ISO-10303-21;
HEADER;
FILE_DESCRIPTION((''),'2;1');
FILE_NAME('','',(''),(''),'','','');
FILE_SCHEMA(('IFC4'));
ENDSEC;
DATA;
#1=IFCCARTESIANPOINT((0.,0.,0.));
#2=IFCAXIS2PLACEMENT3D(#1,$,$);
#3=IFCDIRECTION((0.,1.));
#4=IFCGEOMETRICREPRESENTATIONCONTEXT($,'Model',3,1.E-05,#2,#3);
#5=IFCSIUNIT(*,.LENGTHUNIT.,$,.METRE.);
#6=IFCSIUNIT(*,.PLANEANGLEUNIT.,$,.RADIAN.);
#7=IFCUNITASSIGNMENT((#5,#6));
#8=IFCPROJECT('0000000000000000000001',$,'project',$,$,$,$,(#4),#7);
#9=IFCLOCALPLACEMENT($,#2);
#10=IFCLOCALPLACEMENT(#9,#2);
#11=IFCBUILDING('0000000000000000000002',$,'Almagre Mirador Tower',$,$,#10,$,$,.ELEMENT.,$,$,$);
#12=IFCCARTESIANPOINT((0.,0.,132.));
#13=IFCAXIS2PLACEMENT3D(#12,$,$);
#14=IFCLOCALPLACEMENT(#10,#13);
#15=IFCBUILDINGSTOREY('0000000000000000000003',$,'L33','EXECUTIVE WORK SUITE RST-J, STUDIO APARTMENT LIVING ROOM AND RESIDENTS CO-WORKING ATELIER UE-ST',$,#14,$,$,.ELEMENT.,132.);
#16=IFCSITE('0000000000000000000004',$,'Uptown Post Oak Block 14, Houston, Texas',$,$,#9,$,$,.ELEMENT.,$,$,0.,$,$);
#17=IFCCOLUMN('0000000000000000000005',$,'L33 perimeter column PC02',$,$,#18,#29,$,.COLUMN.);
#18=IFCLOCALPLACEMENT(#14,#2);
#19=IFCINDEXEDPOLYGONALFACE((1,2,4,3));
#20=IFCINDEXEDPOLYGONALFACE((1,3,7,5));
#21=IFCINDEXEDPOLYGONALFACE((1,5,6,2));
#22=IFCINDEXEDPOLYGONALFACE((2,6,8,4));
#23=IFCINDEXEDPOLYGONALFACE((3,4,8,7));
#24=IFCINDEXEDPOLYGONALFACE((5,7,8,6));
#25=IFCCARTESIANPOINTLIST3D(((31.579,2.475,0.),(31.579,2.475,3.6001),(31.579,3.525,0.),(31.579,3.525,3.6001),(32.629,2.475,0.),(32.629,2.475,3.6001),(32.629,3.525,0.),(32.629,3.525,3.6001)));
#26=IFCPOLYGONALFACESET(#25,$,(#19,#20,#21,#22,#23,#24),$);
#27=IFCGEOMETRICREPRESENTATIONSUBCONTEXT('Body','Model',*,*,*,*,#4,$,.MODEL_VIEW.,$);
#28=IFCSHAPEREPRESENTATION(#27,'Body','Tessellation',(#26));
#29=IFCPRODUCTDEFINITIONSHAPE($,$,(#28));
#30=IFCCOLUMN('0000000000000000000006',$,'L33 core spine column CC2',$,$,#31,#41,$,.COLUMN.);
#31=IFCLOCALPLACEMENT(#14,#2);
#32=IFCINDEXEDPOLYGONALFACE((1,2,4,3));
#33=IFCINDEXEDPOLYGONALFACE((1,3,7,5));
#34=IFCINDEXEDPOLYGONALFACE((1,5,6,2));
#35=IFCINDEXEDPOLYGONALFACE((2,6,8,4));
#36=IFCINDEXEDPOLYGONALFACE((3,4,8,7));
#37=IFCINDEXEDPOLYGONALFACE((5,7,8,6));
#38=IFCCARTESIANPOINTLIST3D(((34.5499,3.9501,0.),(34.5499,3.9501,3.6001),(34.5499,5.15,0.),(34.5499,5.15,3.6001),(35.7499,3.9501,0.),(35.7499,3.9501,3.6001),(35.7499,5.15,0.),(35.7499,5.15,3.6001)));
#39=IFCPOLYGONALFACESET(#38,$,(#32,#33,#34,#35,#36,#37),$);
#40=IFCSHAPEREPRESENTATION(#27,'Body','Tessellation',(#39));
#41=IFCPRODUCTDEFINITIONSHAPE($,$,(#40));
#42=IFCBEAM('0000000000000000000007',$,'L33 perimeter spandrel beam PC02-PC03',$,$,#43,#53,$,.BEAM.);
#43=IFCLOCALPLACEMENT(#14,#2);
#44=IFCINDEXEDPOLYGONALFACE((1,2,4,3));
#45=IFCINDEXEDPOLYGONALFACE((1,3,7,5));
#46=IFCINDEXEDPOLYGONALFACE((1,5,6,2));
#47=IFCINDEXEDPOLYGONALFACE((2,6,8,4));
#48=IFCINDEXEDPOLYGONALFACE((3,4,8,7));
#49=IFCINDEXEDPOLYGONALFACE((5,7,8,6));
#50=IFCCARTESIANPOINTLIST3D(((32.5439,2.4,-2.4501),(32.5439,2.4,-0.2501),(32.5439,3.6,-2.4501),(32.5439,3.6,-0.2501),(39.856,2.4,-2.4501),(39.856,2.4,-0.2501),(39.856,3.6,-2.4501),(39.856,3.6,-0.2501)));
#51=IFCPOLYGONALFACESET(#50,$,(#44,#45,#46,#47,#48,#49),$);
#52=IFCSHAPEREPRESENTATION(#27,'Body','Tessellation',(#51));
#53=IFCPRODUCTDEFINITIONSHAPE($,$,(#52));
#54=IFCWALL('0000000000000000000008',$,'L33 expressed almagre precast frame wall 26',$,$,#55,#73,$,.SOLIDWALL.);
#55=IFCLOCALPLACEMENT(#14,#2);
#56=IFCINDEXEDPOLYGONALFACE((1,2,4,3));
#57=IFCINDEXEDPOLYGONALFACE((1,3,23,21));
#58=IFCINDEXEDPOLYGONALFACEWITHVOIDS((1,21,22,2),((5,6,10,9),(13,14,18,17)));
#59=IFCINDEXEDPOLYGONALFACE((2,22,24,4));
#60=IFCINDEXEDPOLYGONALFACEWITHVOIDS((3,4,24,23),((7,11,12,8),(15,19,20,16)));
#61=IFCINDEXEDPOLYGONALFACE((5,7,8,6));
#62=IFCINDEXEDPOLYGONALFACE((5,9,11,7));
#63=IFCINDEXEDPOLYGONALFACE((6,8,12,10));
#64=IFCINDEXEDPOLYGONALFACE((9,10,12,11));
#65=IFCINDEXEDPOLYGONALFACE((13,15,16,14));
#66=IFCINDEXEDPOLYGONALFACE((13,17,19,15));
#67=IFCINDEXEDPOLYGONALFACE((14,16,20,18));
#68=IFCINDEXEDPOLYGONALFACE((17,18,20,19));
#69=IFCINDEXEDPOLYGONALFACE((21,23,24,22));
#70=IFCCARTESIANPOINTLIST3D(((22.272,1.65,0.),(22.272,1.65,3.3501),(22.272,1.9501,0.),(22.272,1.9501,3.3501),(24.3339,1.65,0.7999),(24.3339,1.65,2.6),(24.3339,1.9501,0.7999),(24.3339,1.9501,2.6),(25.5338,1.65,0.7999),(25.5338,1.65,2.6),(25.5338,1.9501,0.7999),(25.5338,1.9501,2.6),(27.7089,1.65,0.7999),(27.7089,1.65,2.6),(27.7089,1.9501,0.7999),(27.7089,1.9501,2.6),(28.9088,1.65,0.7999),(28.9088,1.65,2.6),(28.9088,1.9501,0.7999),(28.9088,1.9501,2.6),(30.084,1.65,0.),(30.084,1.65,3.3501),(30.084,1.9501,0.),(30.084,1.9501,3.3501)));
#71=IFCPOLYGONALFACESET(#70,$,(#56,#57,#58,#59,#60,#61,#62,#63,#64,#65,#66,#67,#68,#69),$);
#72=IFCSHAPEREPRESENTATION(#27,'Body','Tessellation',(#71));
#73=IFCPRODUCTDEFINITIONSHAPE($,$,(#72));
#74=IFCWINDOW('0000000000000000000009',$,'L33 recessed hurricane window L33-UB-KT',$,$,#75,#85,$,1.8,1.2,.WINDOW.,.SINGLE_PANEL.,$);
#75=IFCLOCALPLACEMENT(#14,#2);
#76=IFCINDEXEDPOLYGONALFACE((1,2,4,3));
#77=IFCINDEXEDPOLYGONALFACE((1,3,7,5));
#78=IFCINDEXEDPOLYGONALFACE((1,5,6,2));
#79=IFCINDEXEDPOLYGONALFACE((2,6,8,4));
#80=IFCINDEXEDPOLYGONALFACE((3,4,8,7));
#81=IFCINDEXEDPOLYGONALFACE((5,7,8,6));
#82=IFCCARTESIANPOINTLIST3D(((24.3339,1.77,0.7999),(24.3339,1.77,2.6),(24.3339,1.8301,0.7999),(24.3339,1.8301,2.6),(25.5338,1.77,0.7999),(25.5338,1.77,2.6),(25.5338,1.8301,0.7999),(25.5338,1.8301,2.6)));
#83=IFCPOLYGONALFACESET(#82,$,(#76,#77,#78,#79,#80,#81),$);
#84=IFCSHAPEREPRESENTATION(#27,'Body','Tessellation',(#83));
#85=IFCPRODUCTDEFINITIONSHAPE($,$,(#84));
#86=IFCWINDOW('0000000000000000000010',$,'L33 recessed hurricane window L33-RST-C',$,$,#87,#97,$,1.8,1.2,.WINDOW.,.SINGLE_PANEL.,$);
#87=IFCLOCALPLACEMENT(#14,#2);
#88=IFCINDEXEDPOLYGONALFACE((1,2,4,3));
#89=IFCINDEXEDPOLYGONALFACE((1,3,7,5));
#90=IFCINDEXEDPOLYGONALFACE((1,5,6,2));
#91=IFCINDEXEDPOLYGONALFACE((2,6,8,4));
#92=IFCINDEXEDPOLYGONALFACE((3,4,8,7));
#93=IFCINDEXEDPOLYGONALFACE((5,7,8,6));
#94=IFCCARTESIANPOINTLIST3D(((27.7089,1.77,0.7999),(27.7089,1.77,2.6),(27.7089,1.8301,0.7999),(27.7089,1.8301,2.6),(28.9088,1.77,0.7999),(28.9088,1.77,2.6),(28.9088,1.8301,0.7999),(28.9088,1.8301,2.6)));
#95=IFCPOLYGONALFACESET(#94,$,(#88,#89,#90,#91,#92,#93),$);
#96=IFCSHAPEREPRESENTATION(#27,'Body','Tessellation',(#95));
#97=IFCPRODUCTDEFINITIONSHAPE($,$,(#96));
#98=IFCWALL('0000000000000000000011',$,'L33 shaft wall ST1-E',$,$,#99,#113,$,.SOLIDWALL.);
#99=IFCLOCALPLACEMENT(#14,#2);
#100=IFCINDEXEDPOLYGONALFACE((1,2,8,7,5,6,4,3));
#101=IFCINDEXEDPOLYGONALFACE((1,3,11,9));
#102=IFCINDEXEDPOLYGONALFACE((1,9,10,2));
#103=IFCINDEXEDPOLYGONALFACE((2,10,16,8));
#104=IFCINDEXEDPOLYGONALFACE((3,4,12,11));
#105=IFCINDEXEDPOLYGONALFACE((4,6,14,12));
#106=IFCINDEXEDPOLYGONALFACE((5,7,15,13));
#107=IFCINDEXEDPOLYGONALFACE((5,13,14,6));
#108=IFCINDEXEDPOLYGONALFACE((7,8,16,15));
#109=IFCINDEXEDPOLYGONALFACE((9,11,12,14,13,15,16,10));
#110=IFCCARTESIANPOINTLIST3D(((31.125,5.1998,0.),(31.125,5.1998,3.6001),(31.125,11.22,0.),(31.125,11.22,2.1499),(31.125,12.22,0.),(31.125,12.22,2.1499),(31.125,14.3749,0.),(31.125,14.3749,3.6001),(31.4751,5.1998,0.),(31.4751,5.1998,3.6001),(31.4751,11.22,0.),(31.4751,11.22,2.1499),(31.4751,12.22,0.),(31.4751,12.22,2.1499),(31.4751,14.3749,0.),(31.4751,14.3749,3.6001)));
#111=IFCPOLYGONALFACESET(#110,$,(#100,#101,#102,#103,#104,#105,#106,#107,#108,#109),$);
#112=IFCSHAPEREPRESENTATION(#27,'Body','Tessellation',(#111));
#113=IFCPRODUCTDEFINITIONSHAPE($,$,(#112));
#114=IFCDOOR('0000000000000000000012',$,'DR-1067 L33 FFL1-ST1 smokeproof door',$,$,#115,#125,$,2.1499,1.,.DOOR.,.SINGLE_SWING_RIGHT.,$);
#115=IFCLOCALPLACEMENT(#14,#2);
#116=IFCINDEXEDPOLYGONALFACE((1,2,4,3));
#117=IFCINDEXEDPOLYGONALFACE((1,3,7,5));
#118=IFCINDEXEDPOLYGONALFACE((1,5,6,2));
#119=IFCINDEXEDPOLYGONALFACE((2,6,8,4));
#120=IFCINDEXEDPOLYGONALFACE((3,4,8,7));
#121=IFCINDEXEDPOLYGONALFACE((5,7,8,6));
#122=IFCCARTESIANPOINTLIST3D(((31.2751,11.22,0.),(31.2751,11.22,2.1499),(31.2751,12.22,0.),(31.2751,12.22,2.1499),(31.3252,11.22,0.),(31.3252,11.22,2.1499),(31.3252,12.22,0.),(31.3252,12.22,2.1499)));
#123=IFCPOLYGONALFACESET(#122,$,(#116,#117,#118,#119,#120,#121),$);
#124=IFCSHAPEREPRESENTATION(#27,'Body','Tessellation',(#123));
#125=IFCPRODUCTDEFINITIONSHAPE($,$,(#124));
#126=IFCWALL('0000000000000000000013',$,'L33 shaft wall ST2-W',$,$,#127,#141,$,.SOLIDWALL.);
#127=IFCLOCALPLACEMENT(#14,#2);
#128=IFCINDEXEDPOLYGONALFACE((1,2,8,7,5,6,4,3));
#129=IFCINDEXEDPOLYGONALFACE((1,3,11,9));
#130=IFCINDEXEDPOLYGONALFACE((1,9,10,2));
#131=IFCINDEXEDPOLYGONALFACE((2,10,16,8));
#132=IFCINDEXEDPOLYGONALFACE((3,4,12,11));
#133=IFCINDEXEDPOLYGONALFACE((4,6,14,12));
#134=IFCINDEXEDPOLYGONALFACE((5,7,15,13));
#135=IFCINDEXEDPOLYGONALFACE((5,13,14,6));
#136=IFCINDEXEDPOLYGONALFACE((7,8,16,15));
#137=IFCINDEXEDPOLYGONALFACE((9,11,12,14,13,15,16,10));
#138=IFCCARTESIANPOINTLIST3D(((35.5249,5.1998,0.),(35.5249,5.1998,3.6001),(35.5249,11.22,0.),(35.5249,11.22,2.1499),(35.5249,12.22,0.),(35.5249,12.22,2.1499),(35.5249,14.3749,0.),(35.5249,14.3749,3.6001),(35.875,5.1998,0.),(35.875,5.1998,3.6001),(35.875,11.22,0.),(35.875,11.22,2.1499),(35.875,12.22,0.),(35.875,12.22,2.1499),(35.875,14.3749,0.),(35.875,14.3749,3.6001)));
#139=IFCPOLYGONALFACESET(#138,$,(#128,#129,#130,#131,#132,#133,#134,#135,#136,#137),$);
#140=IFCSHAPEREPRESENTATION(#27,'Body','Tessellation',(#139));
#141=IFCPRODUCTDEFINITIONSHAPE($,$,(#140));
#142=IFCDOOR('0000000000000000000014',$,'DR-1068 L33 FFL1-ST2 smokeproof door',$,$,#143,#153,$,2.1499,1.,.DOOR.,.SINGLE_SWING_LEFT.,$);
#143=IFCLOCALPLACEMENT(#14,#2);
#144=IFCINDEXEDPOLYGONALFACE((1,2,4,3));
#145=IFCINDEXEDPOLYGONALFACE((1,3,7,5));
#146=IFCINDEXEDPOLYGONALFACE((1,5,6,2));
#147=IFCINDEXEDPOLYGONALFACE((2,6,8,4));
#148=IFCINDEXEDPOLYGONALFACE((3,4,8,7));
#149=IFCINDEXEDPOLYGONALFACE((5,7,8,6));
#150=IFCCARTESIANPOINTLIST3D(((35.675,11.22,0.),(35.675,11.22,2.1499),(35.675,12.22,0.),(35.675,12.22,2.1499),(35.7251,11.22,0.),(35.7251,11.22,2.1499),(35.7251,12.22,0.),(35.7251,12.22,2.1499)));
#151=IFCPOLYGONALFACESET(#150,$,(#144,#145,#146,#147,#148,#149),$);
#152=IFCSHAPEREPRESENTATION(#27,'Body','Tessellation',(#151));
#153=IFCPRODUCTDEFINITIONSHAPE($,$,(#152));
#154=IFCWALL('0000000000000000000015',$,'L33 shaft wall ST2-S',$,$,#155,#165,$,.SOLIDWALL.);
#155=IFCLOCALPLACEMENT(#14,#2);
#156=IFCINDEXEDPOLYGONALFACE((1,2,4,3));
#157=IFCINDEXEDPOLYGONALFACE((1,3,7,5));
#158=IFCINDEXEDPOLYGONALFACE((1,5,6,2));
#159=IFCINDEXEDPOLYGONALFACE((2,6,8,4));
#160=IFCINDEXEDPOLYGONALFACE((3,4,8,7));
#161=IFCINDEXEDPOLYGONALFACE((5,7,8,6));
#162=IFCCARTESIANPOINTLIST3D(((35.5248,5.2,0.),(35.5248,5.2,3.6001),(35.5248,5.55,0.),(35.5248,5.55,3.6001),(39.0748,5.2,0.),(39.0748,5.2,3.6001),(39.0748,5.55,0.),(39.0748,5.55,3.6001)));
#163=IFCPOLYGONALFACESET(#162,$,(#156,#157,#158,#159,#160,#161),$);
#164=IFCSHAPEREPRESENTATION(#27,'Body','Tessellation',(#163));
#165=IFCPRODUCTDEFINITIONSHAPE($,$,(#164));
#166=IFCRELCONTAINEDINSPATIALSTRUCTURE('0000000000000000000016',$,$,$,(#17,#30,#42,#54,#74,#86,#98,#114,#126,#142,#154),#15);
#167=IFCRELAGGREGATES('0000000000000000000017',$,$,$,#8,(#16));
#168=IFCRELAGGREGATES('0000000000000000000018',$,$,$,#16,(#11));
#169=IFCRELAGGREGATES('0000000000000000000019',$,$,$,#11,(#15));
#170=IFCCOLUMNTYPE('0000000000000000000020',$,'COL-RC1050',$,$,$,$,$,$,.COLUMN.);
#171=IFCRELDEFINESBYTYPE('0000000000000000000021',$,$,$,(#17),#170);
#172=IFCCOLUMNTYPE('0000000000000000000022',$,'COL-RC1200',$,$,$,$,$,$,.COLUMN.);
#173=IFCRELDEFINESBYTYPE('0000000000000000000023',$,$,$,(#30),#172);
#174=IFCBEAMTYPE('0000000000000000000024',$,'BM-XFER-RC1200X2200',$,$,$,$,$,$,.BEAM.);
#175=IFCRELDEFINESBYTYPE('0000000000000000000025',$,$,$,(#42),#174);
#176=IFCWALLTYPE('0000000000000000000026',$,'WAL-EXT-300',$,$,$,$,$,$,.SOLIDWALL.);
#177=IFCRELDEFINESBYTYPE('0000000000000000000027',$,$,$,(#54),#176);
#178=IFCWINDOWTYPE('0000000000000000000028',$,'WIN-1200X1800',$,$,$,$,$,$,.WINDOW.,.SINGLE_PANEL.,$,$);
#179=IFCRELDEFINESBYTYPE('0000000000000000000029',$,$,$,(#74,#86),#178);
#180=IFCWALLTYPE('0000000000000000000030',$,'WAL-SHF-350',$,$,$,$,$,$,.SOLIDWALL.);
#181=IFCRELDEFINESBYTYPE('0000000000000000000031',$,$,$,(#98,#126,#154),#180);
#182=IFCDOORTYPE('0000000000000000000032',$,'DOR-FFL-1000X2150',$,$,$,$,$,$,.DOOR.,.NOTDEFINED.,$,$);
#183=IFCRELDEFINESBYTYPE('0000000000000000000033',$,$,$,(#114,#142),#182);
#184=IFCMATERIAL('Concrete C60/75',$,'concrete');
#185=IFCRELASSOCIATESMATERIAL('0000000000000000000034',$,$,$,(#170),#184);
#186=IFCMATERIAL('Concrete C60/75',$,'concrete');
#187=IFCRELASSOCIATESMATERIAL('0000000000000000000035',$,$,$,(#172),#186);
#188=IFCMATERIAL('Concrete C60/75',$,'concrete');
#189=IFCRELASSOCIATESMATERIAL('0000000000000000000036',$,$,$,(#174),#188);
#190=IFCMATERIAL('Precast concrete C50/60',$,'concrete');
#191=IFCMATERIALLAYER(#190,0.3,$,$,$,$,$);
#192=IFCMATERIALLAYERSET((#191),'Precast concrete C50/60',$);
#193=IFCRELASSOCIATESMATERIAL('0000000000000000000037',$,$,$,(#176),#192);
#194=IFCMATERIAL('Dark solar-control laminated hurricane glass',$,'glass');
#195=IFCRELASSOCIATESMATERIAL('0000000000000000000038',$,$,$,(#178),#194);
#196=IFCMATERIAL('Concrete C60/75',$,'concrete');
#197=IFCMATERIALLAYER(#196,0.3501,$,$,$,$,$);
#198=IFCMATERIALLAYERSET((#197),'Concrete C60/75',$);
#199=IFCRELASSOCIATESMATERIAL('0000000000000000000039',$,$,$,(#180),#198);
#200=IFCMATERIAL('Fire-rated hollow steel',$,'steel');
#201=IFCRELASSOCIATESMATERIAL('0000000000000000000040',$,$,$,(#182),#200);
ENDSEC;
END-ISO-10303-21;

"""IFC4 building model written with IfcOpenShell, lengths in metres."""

from ifc_helpers import new_model, si_unit, direction, frame, frame_2d, origin, origin_2d, place, context, subcontext, project, spatial, rectangle, extrude, material, layer, layer_set, material_profile, profile_set, type_object, element, fill, save


model = new_model("IFC4")

# Units and contexts
model_context = context("Model", 3, precision=1e-05, world=origin(), true_north=direction((0.0, 1.0)))
body_context = subcontext(model_context, "Body", "Model", "MODEL_VIEW")
ifc_project = project(units=[si_unit("LENGTHUNIT", "METRE"), si_unit("PLANEANGLEUNIT", "RADIAN")], contexts=[model_context])

# Site, building, storey
site_placement = place(None, origin())
site = spatial("IfcSite", under=ifc_project, at=site_placement, Name="Uptown Post Oak Block 14, Houston, Texas", CompositionType="ELEMENT", RefElevation=0.0)
building_placement = place(site_placement, origin())
building = spatial("IfcBuilding", under=site, at=building_placement, Name="Almagre Mirador Tower", CompositionType="ELEMENT")
storey_placement = place(building_placement, frame((0.0, 0.0, 132.0)))
storey = spatial("IfcBuildingStorey", under=building, at=storey_placement, Name="L33", Description="EXECUTIVE WORK SUITE RST-J, STUDIO APARTMENT LIVING ROOM AND RESIDENTS CO-WORKING ATELIER UE-ST", CompositionType="ELEMENT", Elevation=132.0)

# Columns
ifc_material_1 = material(Name="Concrete C60/75", Category="concrete")
ifc_material_profile_1 = material_profile(ifc_material_1, rectangle(XDim=1.05, YDim=1.05, at=origin_2d()), Name="RC1050X1050")
ifc_profile_set_1 = profile_set([ifc_material_profile_1], Name="Concrete C60/75")
column_type_1 = type_object("IfcColumnType", Name="COL-RC1050", PredefinedType="COLUMN", material=ifc_profile_set_1)
column_1_placement = place(storey_placement, frame((32.104, 3.0, 0.0), z_axis=(0.0, 0.0, 1.0), x_axis=(1.0, 0.0, 0.0)))
element("IfcColumn", 1, at=column_1_placement, inside=storey, type_object=column_type_1, Name="L33 perimeter column PC02", PredefinedType="COLUMN", context=body_context, shape_type="SweptSolid", body=[
    extrude(rectangle(XDim=1.05, YDim=1.05, at=origin_2d()), origin(), (0.0, 0.0, 1.0), 3.6001),
])
ifc_material_2 = material(Name="Concrete C60/75", Category="concrete")
ifc_material_profile_2 = material_profile(ifc_material_2, rectangle(XDim=1.2, YDim=1.2, at=origin_2d()), Name="RC1200X1200")
ifc_profile_set_2 = profile_set([ifc_material_profile_2], Name="Concrete C60/75")
column_type_2 = type_object("IfcColumnType", Name="COL-RC1200", PredefinedType="COLUMN", material=ifc_profile_set_2)
column_2_placement = place(storey_placement, frame((35.1499, 4.55, 0.0), z_axis=(0.0, 0.0, 1.0), x_axis=(1.0, 0.0, 0.0)))
element("IfcColumn", 2, at=column_2_placement, inside=storey, type_object=column_type_2, Name="L33 core spine column CC2", PredefinedType="COLUMN", context=body_context, shape_type="SweptSolid", body=[
    extrude(rectangle(XDim=1.2, YDim=1.2, at=origin_2d()), origin(), (0.0, 0.0, 1.0), 3.6001),
])

# Beam
ifc_material_3 = material(Name="Concrete C60/75", Category="concrete")
ifc_material_profile_3 = material_profile(ifc_material_3, rectangle(XDim=1.2, YDim=2.2, at=origin_2d()), Name="RC1200X2200")
ifc_profile_set_3 = profile_set([ifc_material_profile_3], Name="Concrete C60/75")
beam_type = type_object("IfcBeamType", Name="BM-XFER-RC1200X2200", PredefinedType="BEAM", material=ifc_profile_set_3)
beam_placement = place(storey_placement, frame((32.5439, 3.0, -1.3501), z_axis=(1.0, 0.0, 0.0), x_axis=(0.0, 1.0, 0.0)))
element("IfcBeam", 3, at=beam_placement, inside=storey, type_object=beam_type, Name="L33 perimeter spandrel beam PC02-PC03", PredefinedType="BEAM", context=body_context, shape_type="SweptSolid", body=[
    extrude(rectangle(XDim=1.2, YDim=2.2, at=origin_2d()), origin(), (0.0, 0.0, 1.0), 7.312),
])

# Wall, openings, windows
ifc_material_4 = material(Name="Precast concrete C50/60", Category="concrete")
ifc_layer_1 = layer(ifc_material_4, 0.3)
ifc_layer_set_1 = layer_set([ifc_layer_1], Name="Precast concrete C50/60")
wall_type_1 = type_object("IfcWallType", Name="WAL-EXT-300", PredefinedType="SOLIDWALL", material=ifc_layer_set_1)
wall_1_placement = place(storey_placement, frame((30.084, 1.8, 0.0), z_axis=(0.0, 0.0, 1.0), x_axis=(-1.0, 0.0, 0.0)))
wall_1 = element("IfcWall", 4, at=wall_1_placement, inside=storey, type_object=wall_type_1, Name="L33 expressed almagre precast frame wall 26", PredefinedType="SOLIDWALL", context=body_context, shape_type="SweptSolid", body=[
    extrude(rectangle(XDim=7.812, YDim=0.3, at=frame_2d((3.906, 0.0))), origin(), (0.0, 0.0, 1.0), 3.3501),
])
opening_1_placement = place(wall_1_placement, frame((4.55, 0.0, 0.8)))
opening_1 = element("IfcOpeningElement", 5, at=opening_1_placement, cuts=wall_1, PredefinedType="OPENING", context=body_context, shape_type="SweptSolid", body=[
    extrude(rectangle(XDim=1.2, YDim=1.8, at=frame_2d((0.6001, 0.8999))), frame((0.0, 0.1599, 0.0), z_axis=(0.0, -1.0, 0.0), x_axis=(1.0, 0.0, 0.0)), (0.0, 0.0, 1.0), 0.32),
])
opening_2_placement = place(wall_1_placement, frame((1.175, 0.0, 0.8)))
opening_2 = element("IfcOpeningElement", 6, at=opening_2_placement, cuts=wall_1, PredefinedType="OPENING", context=body_context, shape_type="SweptSolid", body=[
    extrude(rectangle(XDim=1.2, YDim=1.8, at=frame_2d((0.6001, 0.8999))), frame((0.0, 0.1599, 0.0), z_axis=(0.0, -1.0, 0.0), x_axis=(1.0, 0.0, 0.0)), (0.0, 0.0, 1.0), 0.32),
])
ifc_material_5 = material(Name="Dark solar-control laminated hurricane glass", Category="glass")
window_type = type_object("IfcWindowType", Name="WIN-1200X1800", PartitioningType="SINGLE_PANEL", PredefinedType="WINDOW", material=ifc_material_5)
window_1_placement = place(opening_1_placement, origin())
window_1 = element("IfcWindow", 7, at=window_1_placement, inside=storey, type_object=window_type, Name="L33 recessed hurricane window L33-UB-KT", OverallHeight=1.8, OverallWidth=1.2, PartitioningType="SINGLE_PANEL", PredefinedType="WINDOW", context=body_context, shape_type="SweptSolid", body=[
    extrude(rectangle(XDim=1.2, YDim=1.8, at=frame_2d((0.6001, 0.8999))), frame((0.0, 0.03, 0.0), z_axis=(0.0, -1.0, 0.0), x_axis=(1.0, 0.0, 0.0)), (0.0, 0.0, 1.0), 0.0601),
])
fill(opening_1, window_1)
window_2_placement = place(opening_2_placement, origin())
window_2 = element("IfcWindow", 8, at=window_2_placement, inside=storey, type_object=window_type, Name="L33 recessed hurricane window L33-RST-C", OverallHeight=1.8, OverallWidth=1.2, PartitioningType="SINGLE_PANEL", PredefinedType="WINDOW", context=body_context, shape_type="SweptSolid", body=[
    extrude(rectangle(XDim=1.2, YDim=1.8, at=frame_2d((0.6001, 0.8999))), frame((0.0, 0.03, 0.0), z_axis=(0.0, -1.0, 0.0), x_axis=(1.0, 0.0, 0.0)), (0.0, 0.0, 1.0), 0.0601),
])
fill(opening_2, window_2)

# Walls, openings, doors
ifc_material_6 = material(Name="Concrete C60/75", Category="concrete")
ifc_layer_2 = layer(ifc_material_6, 0.3501)
ifc_layer_set_2 = layer_set([ifc_layer_2], Name="Concrete C60/75")
wall_type_2 = type_object("IfcWallType", Name="WAL-SHF-350", PredefinedType="SOLIDWALL", material=ifc_layer_set_2)
wall_2_placement = place(storey_placement, frame((31.3, 5.2, 0.0), z_axis=(0.0, 0.0, 1.0), x_axis=(0.0, 1.0, 0.0)))
wall_2 = element("IfcWall", 9, at=wall_2_placement, inside=storey, type_object=wall_type_2, Name="L33 shaft wall ST1-E", PredefinedType="SOLIDWALL", context=body_context, shape_type="SweptSolid", body=[
    extrude(rectangle(XDim=9.175, YDim=0.3501, at=frame_2d((4.5874, 0.0))), origin(), (0.0, 0.0, 1.0), 3.6001),
])
opening_3_placement = place(wall_2_placement, frame((6.02, 0.0, 0.0)))
opening_3 = element("IfcOpeningElement", 10, at=opening_3_placement, cuts=wall_2, PredefinedType="OPENING", context=body_context, shape_type="SweptSolid", body=[
    extrude(rectangle(XDim=1.0, YDim=2.1499, at=frame_2d((0.5, 1.075))), frame((0.0, 0.185, 0.0), z_axis=(0.0, -1.0, 0.0), x_axis=(1.0, 0.0, 0.0)), (0.0, 0.0, 1.0), 0.3701),
])
ifc_material_7 = material(Name="Fire-rated hollow steel", Category="steel")
door_type_1 = type_object("IfcDoorType", Name="DOR-FFL-1000X2150", OperationType="NOTDEFINED", PredefinedType="DOOR", material=ifc_material_7)
door_1_placement = place(opening_3_placement, origin())
door_1 = element("IfcDoor", 11, at=door_1_placement, inside=storey, type_object=door_type_1, Name="DR-1067 L33 FFL1-ST1 smokeproof door", OperationType="SINGLE_SWING_RIGHT", OverallHeight=2.1499, OverallWidth=1.0, PredefinedType="DOOR", context=body_context, shape_type="SweptSolid", body=[
    extrude(rectangle(XDim=1.0, YDim=2.1499, at=frame_2d((0.5, 1.075))), frame((0.0, 0.0249, 0.0), z_axis=(0.0, -1.0, 0.0), x_axis=(1.0, 0.0, 0.0)), (0.0, 0.0, 1.0), 0.05),
])
fill(opening_3, door_1)
wall_3_placement = place(storey_placement, frame((35.7, 5.2, 0.0), z_axis=(0.0, 0.0, 1.0), x_axis=(0.0, 1.0, 0.0)))
wall_3 = element("IfcWall", 12, at=wall_3_placement, inside=storey, type_object=wall_type_2, Name="L33 shaft wall ST2-W", PredefinedType="SOLIDWALL", context=body_context, shape_type="SweptSolid", body=[
    extrude(rectangle(XDim=9.175, YDim=0.3501, at=frame_2d((4.5874, 0.0))), origin(), (0.0, 0.0, 1.0), 3.6001),
])
opening_4_placement = place(wall_3_placement, frame((6.02, 0.0, 0.0)))
opening_4 = element("IfcOpeningElement", 13, at=opening_4_placement, cuts=wall_3, PredefinedType="OPENING", context=body_context, shape_type="SweptSolid", body=[
    extrude(rectangle(XDim=1.0, YDim=2.1499, at=frame_2d((0.5, 1.075))), frame((0.0, 0.185, 0.0), z_axis=(0.0, -1.0, 0.0), x_axis=(1.0, 0.0, 0.0)), (0.0, 0.0, 1.0), 0.3701),
])
door_2_placement = place(opening_4_placement, origin())
door_2 = element("IfcDoor", 14, at=door_2_placement, inside=storey, type_object=door_type_1, Name="DR-1068 L33 FFL1-ST2 smokeproof door", OperationType="SINGLE_SWING_LEFT", OverallHeight=2.1499, OverallWidth=1.0, PredefinedType="DOOR", context=body_context, shape_type="SweptSolid", body=[
    extrude(rectangle(XDim=1.0, YDim=2.1499, at=frame_2d((0.5, 1.075))), frame((0.0, 0.0249, 0.0), z_axis=(0.0, -1.0, 0.0), x_axis=(1.0, 0.0, 0.0)), (0.0, 0.0, 1.0), 0.05),
])
fill(opening_4, door_2)

# Wall
wall_4_placement = place(storey_placement, frame((35.5249, 5.375, 0.0), z_axis=(0.0, 0.0, 1.0), x_axis=(1.0, 0.0, 0.0)))
element("IfcWall", 15, at=wall_4_placement, inside=storey, type_object=wall_type_2, Name="L33 shaft wall ST2-S", PredefinedType="SOLIDWALL", context=body_context, shape_type="SweptSolid", body=[
    extrude(rectangle(XDim=3.55, YDim=0.3501, at=frame_2d((1.7749, 0.0))), origin(), (0.0, 0.0, 1.0), 3.6001),
])

save(model, "model.ifc")
